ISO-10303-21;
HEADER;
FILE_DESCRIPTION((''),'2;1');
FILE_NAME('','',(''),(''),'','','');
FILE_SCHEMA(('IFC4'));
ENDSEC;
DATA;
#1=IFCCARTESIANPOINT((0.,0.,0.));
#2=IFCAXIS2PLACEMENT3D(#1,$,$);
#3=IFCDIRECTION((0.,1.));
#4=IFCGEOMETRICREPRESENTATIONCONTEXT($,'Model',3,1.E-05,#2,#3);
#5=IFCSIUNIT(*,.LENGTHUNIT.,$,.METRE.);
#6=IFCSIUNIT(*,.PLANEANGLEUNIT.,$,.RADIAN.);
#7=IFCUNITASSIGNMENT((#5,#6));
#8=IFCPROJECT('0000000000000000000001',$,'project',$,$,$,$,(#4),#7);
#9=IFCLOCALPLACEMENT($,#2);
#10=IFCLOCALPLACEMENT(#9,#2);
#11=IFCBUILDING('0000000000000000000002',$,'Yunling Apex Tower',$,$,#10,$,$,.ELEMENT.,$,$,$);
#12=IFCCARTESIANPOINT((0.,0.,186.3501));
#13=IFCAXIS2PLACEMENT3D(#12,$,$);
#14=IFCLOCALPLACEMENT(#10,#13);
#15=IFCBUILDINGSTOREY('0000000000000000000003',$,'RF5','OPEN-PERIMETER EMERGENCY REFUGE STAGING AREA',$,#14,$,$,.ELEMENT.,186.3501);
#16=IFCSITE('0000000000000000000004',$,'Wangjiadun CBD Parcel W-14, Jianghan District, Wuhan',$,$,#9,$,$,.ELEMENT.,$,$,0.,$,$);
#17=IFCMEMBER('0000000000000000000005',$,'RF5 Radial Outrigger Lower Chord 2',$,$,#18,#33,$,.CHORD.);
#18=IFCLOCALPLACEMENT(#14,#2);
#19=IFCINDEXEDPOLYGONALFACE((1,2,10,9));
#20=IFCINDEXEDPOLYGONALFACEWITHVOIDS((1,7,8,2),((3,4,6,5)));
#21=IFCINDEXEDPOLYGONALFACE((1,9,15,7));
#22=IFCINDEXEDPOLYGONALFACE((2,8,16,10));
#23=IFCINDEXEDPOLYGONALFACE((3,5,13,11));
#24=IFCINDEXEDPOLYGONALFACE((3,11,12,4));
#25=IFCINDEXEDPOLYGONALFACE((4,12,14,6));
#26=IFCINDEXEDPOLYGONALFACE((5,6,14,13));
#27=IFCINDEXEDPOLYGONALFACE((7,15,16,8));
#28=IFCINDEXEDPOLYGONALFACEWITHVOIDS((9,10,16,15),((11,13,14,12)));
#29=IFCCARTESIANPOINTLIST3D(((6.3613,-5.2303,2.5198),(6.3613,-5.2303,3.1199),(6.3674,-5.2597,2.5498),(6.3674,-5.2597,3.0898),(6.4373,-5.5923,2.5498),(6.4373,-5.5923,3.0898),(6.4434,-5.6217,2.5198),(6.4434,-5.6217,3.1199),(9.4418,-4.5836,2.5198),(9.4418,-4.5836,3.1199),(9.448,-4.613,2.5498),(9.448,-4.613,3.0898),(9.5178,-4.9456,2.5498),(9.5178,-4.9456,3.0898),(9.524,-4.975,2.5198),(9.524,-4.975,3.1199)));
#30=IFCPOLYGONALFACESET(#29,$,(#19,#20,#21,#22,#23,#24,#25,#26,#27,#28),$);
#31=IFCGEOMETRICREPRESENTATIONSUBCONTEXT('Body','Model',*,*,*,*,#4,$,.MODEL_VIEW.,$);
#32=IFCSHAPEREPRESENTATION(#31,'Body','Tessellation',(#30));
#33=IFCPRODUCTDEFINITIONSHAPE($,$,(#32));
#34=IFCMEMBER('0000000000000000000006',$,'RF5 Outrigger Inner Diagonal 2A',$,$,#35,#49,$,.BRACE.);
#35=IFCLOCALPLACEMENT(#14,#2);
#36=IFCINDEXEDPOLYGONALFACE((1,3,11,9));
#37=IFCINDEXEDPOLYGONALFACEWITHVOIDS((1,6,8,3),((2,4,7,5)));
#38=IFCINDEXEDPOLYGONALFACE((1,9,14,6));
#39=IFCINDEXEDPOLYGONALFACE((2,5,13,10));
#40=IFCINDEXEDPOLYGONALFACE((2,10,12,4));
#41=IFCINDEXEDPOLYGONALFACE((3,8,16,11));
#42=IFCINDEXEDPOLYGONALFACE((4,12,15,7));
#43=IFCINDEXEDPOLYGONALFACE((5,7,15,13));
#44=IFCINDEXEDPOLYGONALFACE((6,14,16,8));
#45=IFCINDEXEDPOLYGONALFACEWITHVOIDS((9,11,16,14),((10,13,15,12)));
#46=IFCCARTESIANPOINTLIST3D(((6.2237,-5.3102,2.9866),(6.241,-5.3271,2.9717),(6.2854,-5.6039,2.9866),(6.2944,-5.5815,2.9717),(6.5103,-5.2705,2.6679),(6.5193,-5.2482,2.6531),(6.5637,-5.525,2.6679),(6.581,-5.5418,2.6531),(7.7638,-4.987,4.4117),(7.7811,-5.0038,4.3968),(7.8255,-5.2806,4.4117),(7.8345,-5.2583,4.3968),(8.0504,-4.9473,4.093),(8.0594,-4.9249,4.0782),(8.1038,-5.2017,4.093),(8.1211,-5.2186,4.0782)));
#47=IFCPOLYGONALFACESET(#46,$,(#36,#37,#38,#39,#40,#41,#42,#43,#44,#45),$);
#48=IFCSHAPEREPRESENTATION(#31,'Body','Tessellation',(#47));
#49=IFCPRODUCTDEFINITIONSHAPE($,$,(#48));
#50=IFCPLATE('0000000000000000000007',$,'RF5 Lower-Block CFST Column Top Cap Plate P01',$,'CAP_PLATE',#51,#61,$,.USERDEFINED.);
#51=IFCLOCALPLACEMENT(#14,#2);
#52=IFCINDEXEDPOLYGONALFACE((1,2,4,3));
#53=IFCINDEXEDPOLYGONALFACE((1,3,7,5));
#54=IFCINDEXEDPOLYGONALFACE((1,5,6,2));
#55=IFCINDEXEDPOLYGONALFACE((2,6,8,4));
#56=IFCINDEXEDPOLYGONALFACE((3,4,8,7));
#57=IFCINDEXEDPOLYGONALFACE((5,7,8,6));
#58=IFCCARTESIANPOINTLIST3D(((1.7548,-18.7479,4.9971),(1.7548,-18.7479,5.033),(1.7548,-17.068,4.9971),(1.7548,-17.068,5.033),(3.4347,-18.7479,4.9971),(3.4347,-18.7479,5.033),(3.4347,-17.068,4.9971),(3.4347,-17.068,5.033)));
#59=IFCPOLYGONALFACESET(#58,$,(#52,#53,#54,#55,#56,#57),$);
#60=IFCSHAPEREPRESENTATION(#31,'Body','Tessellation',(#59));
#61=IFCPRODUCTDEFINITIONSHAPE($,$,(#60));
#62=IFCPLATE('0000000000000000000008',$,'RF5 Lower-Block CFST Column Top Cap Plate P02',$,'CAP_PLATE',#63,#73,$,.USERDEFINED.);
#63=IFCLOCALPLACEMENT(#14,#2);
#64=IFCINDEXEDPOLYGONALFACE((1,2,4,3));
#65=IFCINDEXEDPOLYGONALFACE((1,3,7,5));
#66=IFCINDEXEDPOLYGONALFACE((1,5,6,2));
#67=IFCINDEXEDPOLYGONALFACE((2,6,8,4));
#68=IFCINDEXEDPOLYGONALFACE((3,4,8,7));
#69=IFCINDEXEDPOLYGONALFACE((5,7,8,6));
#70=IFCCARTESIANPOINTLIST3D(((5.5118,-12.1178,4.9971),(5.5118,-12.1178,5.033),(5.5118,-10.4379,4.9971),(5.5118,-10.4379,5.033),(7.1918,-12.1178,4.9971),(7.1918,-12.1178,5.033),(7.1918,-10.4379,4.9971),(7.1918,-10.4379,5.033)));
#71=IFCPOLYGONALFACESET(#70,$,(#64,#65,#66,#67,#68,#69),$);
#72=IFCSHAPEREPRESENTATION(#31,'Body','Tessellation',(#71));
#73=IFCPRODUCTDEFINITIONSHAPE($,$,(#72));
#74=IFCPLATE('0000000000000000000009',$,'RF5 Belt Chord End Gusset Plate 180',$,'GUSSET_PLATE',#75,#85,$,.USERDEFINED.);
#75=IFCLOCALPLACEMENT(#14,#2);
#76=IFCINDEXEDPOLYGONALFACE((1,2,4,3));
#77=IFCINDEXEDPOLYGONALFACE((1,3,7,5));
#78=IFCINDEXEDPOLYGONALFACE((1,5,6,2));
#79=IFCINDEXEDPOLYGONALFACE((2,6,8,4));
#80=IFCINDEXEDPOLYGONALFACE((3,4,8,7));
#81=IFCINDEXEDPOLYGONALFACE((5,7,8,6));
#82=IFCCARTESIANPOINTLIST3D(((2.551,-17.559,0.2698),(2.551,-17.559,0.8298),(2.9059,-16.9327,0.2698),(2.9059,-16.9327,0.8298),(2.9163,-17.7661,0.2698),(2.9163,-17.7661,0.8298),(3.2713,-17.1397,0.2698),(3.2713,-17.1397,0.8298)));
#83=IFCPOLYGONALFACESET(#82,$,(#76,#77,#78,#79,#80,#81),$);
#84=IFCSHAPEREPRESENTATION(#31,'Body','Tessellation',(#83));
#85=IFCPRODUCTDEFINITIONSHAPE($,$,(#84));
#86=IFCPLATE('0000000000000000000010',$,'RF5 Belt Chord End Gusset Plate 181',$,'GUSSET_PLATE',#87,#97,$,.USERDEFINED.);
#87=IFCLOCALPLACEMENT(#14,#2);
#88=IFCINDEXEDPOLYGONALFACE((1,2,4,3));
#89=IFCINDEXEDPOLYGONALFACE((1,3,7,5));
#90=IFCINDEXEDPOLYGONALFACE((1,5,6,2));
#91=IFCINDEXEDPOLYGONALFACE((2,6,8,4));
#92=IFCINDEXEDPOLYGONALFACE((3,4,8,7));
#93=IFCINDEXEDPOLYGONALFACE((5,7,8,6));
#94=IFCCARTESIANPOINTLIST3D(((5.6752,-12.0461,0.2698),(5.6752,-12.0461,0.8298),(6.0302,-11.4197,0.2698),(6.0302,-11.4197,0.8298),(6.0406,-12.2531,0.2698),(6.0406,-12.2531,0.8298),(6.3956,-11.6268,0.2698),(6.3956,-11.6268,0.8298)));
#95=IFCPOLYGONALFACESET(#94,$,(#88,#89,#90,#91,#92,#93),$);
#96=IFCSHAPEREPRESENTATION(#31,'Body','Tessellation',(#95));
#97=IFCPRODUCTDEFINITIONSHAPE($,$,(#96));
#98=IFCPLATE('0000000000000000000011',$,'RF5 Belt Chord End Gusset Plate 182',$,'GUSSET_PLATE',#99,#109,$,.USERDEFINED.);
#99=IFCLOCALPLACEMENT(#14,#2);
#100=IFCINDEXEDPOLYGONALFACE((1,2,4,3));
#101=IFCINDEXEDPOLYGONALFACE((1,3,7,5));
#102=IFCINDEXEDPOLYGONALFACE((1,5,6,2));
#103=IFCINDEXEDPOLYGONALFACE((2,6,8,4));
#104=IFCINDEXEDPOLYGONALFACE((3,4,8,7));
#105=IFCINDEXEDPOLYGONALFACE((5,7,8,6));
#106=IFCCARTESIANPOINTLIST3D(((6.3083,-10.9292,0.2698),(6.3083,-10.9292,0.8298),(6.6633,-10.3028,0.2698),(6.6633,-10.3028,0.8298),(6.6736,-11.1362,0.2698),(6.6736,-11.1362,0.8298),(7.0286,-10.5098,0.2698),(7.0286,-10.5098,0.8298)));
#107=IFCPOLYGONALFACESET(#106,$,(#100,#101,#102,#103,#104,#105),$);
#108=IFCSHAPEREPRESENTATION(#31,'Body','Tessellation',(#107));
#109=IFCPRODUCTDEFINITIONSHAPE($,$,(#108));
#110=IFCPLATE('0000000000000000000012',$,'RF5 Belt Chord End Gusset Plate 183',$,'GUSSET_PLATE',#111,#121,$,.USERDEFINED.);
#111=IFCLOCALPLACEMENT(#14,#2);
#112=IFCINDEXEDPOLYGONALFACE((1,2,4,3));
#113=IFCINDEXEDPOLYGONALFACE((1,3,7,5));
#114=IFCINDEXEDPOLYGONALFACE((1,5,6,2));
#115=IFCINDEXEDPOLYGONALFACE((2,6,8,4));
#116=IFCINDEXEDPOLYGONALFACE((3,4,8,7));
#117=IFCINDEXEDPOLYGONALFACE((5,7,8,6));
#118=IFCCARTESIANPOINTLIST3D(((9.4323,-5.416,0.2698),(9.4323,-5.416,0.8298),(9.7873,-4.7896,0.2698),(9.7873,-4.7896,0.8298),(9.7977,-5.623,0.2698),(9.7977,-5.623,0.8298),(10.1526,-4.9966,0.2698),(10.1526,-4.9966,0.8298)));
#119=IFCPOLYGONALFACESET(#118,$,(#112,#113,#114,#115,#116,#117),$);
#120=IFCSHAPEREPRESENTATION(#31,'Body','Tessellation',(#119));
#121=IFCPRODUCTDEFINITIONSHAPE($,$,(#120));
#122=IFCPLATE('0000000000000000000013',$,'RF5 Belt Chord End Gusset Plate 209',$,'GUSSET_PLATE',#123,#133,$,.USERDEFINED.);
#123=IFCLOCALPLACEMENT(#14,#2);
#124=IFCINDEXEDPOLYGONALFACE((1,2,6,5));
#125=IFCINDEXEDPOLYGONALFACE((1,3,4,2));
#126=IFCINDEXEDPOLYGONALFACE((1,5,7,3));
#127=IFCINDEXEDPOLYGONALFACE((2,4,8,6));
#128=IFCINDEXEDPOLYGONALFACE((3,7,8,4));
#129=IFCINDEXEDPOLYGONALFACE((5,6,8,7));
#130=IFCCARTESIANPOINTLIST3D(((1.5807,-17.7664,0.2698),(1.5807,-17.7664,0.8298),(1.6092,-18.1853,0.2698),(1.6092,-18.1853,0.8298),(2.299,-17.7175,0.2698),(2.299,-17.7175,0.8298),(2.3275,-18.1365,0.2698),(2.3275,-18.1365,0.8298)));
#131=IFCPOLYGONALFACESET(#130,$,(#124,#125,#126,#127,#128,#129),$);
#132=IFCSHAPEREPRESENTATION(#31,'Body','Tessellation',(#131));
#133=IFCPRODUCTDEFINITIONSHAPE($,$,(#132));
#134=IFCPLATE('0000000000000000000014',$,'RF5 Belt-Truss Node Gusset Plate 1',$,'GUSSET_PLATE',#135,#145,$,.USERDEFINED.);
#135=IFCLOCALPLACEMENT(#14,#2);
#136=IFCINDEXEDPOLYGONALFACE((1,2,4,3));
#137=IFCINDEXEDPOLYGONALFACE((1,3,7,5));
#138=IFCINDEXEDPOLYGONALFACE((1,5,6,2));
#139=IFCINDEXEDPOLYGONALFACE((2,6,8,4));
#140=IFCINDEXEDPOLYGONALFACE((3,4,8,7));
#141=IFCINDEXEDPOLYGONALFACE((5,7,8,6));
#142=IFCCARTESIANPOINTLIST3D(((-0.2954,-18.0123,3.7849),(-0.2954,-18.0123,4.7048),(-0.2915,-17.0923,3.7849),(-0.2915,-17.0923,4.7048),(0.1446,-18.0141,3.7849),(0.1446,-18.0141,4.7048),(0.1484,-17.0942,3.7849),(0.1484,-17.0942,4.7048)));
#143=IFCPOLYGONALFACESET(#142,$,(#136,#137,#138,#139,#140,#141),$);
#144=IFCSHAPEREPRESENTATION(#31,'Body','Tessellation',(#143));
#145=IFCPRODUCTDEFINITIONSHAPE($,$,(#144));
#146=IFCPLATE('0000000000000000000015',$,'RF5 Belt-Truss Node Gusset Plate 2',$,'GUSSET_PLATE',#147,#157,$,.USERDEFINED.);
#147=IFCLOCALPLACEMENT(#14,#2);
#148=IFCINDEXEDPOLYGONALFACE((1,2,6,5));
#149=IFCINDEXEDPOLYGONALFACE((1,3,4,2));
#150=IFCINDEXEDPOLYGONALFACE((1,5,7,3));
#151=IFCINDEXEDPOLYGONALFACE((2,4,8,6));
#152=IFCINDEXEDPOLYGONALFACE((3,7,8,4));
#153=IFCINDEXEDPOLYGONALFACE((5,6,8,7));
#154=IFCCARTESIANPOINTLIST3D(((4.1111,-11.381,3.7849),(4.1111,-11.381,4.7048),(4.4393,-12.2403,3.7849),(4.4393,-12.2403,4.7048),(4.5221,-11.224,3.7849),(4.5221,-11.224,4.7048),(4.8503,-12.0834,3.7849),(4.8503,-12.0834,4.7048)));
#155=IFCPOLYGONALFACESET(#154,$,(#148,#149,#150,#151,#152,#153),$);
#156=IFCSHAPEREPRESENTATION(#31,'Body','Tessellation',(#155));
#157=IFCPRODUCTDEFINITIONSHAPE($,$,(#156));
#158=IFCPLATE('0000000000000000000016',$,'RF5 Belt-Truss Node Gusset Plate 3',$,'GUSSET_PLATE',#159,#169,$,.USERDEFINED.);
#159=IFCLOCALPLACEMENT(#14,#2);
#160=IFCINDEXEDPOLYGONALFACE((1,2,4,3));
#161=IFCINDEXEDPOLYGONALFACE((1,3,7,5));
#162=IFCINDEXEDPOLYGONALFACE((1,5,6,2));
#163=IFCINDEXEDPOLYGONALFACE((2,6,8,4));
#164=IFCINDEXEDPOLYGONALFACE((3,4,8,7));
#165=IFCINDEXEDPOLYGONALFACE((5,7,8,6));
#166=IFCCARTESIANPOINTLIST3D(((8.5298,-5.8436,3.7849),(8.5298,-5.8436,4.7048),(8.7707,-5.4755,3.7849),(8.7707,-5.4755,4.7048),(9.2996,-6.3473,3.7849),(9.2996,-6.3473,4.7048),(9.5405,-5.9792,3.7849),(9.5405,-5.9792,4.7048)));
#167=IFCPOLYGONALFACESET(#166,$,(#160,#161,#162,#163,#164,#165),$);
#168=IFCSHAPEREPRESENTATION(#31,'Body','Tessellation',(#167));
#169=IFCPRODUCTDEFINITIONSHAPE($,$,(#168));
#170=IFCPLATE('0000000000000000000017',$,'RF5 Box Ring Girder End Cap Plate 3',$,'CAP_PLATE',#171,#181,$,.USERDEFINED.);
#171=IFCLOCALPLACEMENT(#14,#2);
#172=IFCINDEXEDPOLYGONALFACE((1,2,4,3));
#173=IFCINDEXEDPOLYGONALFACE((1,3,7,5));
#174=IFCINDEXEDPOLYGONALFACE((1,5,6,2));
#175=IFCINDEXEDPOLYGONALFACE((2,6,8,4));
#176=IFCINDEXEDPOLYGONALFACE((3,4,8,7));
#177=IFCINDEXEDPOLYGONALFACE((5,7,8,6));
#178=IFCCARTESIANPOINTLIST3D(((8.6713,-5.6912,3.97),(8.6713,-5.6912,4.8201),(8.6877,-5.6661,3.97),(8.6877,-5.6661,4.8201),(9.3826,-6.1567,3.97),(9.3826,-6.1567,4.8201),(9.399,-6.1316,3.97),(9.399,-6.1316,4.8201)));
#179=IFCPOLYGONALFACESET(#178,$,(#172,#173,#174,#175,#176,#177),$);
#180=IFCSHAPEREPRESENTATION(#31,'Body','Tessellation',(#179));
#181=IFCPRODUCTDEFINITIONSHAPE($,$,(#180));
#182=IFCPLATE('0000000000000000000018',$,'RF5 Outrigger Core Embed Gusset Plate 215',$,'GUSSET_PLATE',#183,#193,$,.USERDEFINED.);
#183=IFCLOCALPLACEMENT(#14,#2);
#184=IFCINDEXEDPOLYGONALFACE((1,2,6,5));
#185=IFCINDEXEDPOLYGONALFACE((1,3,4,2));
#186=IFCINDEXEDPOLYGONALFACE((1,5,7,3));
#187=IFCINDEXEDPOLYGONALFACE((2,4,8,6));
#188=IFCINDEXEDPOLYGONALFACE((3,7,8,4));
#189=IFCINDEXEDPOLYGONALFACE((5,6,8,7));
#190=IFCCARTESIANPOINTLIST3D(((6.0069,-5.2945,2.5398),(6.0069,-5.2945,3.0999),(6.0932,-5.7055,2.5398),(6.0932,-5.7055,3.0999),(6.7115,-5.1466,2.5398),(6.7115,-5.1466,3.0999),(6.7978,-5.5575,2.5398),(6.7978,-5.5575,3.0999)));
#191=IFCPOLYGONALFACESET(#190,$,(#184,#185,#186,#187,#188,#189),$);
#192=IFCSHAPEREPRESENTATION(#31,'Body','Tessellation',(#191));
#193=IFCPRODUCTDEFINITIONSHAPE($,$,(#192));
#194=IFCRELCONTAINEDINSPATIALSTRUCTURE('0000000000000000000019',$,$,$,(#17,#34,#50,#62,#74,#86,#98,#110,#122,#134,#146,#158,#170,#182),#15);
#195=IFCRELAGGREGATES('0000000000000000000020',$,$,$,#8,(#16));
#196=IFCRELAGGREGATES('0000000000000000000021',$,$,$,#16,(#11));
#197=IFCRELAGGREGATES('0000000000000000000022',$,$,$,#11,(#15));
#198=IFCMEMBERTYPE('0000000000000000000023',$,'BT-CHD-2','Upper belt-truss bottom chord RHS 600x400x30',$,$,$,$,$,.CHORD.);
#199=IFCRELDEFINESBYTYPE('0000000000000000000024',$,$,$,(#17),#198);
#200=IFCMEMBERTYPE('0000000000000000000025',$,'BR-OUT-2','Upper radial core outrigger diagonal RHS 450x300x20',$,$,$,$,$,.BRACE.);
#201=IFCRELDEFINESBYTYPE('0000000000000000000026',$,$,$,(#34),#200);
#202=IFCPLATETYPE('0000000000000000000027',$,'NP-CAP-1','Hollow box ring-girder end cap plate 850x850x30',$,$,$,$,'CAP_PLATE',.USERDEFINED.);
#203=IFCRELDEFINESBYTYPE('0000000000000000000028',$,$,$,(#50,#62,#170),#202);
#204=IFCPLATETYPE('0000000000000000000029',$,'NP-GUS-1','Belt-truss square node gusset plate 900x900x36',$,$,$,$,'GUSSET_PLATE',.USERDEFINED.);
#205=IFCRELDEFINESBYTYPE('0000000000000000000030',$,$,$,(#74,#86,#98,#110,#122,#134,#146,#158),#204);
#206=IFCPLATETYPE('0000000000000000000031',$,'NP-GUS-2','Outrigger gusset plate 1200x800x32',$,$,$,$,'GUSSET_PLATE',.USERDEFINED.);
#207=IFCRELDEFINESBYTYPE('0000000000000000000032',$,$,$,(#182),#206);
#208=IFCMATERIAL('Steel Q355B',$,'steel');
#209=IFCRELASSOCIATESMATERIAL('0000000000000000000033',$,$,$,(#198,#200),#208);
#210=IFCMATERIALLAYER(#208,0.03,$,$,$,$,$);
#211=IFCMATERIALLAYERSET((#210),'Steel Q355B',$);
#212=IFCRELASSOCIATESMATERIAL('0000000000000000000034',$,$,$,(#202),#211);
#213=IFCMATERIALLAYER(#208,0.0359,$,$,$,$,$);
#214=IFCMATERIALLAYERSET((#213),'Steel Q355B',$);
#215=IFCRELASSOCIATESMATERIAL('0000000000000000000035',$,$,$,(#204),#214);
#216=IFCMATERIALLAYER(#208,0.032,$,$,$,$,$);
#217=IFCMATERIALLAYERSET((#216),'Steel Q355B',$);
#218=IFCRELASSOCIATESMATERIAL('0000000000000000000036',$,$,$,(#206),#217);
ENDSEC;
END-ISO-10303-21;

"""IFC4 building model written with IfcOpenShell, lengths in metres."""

from ifc_helpers import new_model, si_unit, direction, frame, origin, origin_2d, place, context, subcontext, project, spatial, rectangle, hollow_rectangle, extrude, source, transform, mapped, material, layer, layer_set, material_profile, profile_set, type_object, element, save


model = new_model("IFC4")

# Units and contexts
model_context = context("Model", 3, precision=1e-05, world=origin(), true_north=direction((0.0, 1.0)))
body_context = subcontext(model_context, "Body", "Model", "MODEL_VIEW")
ifc_project = project(units=[si_unit("LENGTHUNIT", "METRE"), si_unit("PLANEANGLEUNIT", "RADIAN")], contexts=[model_context])

# Site, building, storey
site_placement = place(None, origin())
site = spatial("IfcSite", under=ifc_project, at=site_placement, Name="Wangjiadun CBD Parcel W-14, Jianghan District, Wuhan", CompositionType="ELEMENT", RefElevation=0.0)
building_placement = place(site_placement, origin())
building = spatial("IfcBuilding", under=site, at=building_placement, Name="Yunling Apex Tower", CompositionType="ELEMENT")
storey_placement = place(building_placement, frame((0.0, 0.0, 186.3501)))
storey = spatial("IfcBuildingStorey", under=building, at=storey_placement, Name="RF5", Description="OPEN-PERIMETER EMERGENCY REFUGE STAGING AREA", CompositionType="ELEMENT", Elevation=186.3501)

# Shared definitions
ifc_material_1 = material(Name="Steel Q355B", Category="steel")

# Shared definitions
ifc_material_profile_1 = material_profile(ifc_material_1, hollow_rectangle(XDim=0.3999, YDim=0.6001, WallThickness=0.03, at=origin_2d()))
ifc_profile_set_1 = profile_set([ifc_material_profile_1], Name="Steel Q355B")
member_type_1 = type_object("IfcMemberType", Name="BT-CHD-2", Description="Upper belt-truss bottom chord RHS 600x400x30", PredefinedType="CHORD", material=ifc_profile_set_1)

# Members
shared_shape_1 = source(origin(), body_context, "Body", "SweptSolid", [
    extrude(hollow_rectangle(XDim=0.3999, YDim=0.6001, WallThickness=0.03, at=origin_2d()), origin(), (0.0, 0.0, 1.0), 3.1477),
])
member_1_placement = place(storey_placement, frame((6.4023, -5.426, 2.8198), z_axis=(0.978666, 0.205459, 0.0), x_axis=(-0.205459, 0.978666, 0.0)))
element("IfcMember", 1, at=member_1_placement, inside=storey, type_object=member_type_1, Name="RF5 Radial Outrigger Lower Chord 2", PredefinedType="CHORD", context=body_context, shape_type="MappedRepresentation", body=[
    mapped(shared_shape_1, transform((0.0, 0.0, 0.0), scale=1.0)),
])
ifc_material_profile_2 = material_profile(ifc_material_1, hollow_rectangle(XDim=0.3, YDim=0.45, WallThickness=0.02, at=origin_2d()))
ifc_profile_set_2 = profile_set([ifc_material_profile_2], Name="Steel Q355B")
member_type_2 = type_object("IfcMemberType", Name="BR-OUT-2", Description="Upper radial core outrigger diagonal RHS 450x300x20", PredefinedType="BRACE", material=ifc_profile_set_2)
shared_shape_2 = source(origin(), body_context, "Body", "SweptSolid", [
    extrude(hollow_rectangle(XDim=0.3, YDim=0.45, WallThickness=0.02, at=origin_2d()), origin(), (0.0, 0.0, 1.0), 2.123),
])
member_2_placement = place(storey_placement, frame((6.4023, -5.426, 2.8198), z_axis=(0.72542, 0.15226, 0.671255), x_axis=(-0.205416, 0.978675, 0.0)))
element("IfcMember", 2, at=member_2_placement, inside=storey, type_object=member_type_2, Name="RF5 Outrigger Inner Diagonal 2A", PredefinedType="BRACE", context=body_context, shape_type="MappedRepresentation", body=[
    mapped(shared_shape_2, transform((0.0, 0.0, 0.0), scale=1.0)),
])

# Plates
ifc_layer_1 = layer(ifc_material_1, 0.03)
ifc_layer_set_1 = layer_set([ifc_layer_1], Name="Steel Q355B")
plate_type_1 = type_object("IfcPlateType", Name="NP-CAP-1", Description="Hollow box ring-girder end cap plate 850x850x30", ElementType="CAP_PLATE", PredefinedType="USERDEFINED", material=ifc_layer_set_1)
shared_shape_3 = source(origin(), body_context, "Body", "SweptSolid", [
    extrude(rectangle(XDim=1.6799, YDim=1.6799, at=origin_2d()), origin(), (0.0, 0.0, 1.0), 0.0359),
])
for number, where, z_axis, x_axis, name in (
    (3, (2.5947, -17.908, 4.9971), (0.0, 0.0, 1.0), (1.0, 0.0, 0.0), "RF5 Lower-Block CFST Column Top Cap Plate P01"),
    (4, (6.3518, -11.2778, 4.9971), (0.0, 0.0, 1.0), (1.0, 0.0, 0.0), "RF5 Lower-Block CFST Column Top Cap Plate P02"),
):
    element("IfcPlate", number, at=place(storey_placement, frame(where, z_axis=z_axis, x_axis=x_axis)), inside=storey, type_object=plate_type_1, Name=name, ObjectType="CAP_PLATE", PredefinedType="USERDEFINED", context=body_context, shape_type="MappedRepresentation", body=[
        mapped(shared_shape_3, transform((0.0, 0.0, 0.0), scale=1.0)),
    ])
ifc_layer_2 = layer(ifc_material_1, 0.0359)
ifc_layer_set_2 = layer_set([ifc_layer_2], Name="Steel Q355B")
plate_type_2 = type_object("IfcPlateType", Name="NP-GUS-1", Description="Belt-truss square node gusset plate 900x900x36", ElementType="GUSSET_PLATE", PredefinedType="USERDEFINED", material=ifc_layer_set_2)
shared_shape_4 = source(origin(), body_context, "Body", "SweptSolid", [
    extrude(rectangle(XDim=0.72, YDim=0.4199, at=origin_2d()), origin(), (0.0, 0.0, 1.0), 0.5601),
])
for number, where, z_axis, x_axis, name in (
    (5, (2.9111, -17.3494, 0.2698), (0.0, 0.0, 1.0), (0.493031, 0.870012, 0.0), "RF5 Belt Chord End Gusset Plate 180"),
    (6, (6.0354, -11.8364, 0.2698), (0.0, 0.0, 1.0), (0.493031, 0.870012, 0.0), "RF5 Belt Chord End Gusset Plate 181"),
    (7, (6.6685, -10.7195, 0.2698), (0.0, 0.0, 1.0), (0.493031, 0.870012, 0.0), "RF5 Belt Chord End Gusset Plate 182"),
    (8, (9.7925, -5.2063, 0.2698), (0.0, 0.0, 1.0), (0.493031, 0.870012, 0.0), "RF5 Belt Chord End Gusset Plate 183"),
    (9, (1.9541, -17.9514, 0.2698), (0.0, 0.0, 1.0), (0.997696, 0.067841, 0.0), "RF5 Belt Chord End Gusset Plate 209"),
):
    element("IfcPlate", number, at=place(storey_placement, frame(where, z_axis=z_axis, x_axis=x_axis)), inside=storey, type_object=plate_type_2, Name=name, ObjectType="GUSSET_PLATE", PredefinedType="USERDEFINED", context=body_context, shape_type="MappedRepresentation", body=[
        mapped(shared_shape_4, transform((0.0, 0.0, 0.0), scale=1.0)),
    ])
shared_shape_5 = source(origin(), body_context, "Body", "SweptSolid", [
    extrude(rectangle(XDim=0.9199, YDim=0.4399, at=origin_2d()), origin(), (0.0, 0.0, 1.0), 0.9199),
])
for number, where, z_axis, x_axis, name in (
    (10, (-0.0735, -17.5532, 3.7849), (0.0, 0.0, 1.0), (-0.004189, -0.999991, 0.0), "RF5 Belt-Truss Node Gusset Plate 1"),
    (11, (4.4807, -11.7322, 3.7849), (0.0, 0.0, 1.0), (0.356738, -0.934204, 0.0), "RF5 Belt-Truss Node Gusset Plate 2"),
    (12, (9.0352, -5.9114, 3.7849), (0.0, 0.0, 1.0), (0.836764, -0.547563, 0.0), "RF5 Belt-Truss Node Gusset Plate 3"),
):
    element("IfcPlate", number, at=place(storey_placement, frame(where, z_axis=z_axis, x_axis=x_axis)), inside=storey, type_object=plate_type_2, Name=name, ObjectType="GUSSET_PLATE", PredefinedType="USERDEFINED", context=body_context, shape_type="MappedRepresentation", body=[
        mapped(shared_shape_5, transform((0.0, 0.0, 0.0), scale=1.0)),
    ])
shared_shape_6 = source(origin(), body_context, "Body", "SweptSolid", [
    extrude(rectangle(XDim=0.8501, YDim=0.03, at=origin_2d()), origin(), (0.0, 0.0, 1.0), 0.8501),
])
plate_1_placement = place(storey_placement, frame((9.0352, -5.9114, 3.97), z_axis=(0.0, 0.0, 1.0), x_axis=(0.836764, -0.547563, 0.0)))
element("IfcPlate", 13, at=plate_1_placement, inside=storey, type_object=plate_type_1, Name="RF5 Box Ring Girder End Cap Plate 3", ObjectType="CAP_PLATE", PredefinedType="USERDEFINED", context=body_context, shape_type="MappedRepresentation", body=[
    mapped(shared_shape_6, transform((0.0, 0.0, 0.0), scale=1.0)),
])
ifc_layer_3 = layer(ifc_material_1, 0.032)
ifc_layer_set_3 = layer_set([ifc_layer_3], Name="Steel Q355B")
plate_type_3 = type_object("IfcPlateType", Name="NP-GUS-2", Description="Outrigger gusset plate 1200x800x32", ElementType="GUSSET_PLATE", PredefinedType="USERDEFINED", material=ifc_layer_set_3)
shared_shape_7 = source(origin(), body_context, "Body", "SweptSolid", [
    extrude(rectangle(XDim=0.72, YDim=0.4199, at=origin_2d()), origin(), (0.0, 0.0, 1.0), 0.5601),
])
plate_2_placement = place(storey_placement, frame((6.4023, -5.426, 2.5398), z_axis=(0.0, 0.0, 1.0), x_axis=(0.978653, 0.205521, 0.0)))
element("IfcPlate", 14, at=plate_2_placement, inside=storey, type_object=plate_type_3, Name="RF5 Outrigger Core Embed Gusset Plate 215", ObjectType="GUSSET_PLATE", PredefinedType="USERDEFINED", context=body_context, shape_type="MappedRepresentation", body=[
    mapped(shared_shape_7, transform((0.0, 0.0, 0.0), scale=1.0)),
])

save(model, "model.ifc")
